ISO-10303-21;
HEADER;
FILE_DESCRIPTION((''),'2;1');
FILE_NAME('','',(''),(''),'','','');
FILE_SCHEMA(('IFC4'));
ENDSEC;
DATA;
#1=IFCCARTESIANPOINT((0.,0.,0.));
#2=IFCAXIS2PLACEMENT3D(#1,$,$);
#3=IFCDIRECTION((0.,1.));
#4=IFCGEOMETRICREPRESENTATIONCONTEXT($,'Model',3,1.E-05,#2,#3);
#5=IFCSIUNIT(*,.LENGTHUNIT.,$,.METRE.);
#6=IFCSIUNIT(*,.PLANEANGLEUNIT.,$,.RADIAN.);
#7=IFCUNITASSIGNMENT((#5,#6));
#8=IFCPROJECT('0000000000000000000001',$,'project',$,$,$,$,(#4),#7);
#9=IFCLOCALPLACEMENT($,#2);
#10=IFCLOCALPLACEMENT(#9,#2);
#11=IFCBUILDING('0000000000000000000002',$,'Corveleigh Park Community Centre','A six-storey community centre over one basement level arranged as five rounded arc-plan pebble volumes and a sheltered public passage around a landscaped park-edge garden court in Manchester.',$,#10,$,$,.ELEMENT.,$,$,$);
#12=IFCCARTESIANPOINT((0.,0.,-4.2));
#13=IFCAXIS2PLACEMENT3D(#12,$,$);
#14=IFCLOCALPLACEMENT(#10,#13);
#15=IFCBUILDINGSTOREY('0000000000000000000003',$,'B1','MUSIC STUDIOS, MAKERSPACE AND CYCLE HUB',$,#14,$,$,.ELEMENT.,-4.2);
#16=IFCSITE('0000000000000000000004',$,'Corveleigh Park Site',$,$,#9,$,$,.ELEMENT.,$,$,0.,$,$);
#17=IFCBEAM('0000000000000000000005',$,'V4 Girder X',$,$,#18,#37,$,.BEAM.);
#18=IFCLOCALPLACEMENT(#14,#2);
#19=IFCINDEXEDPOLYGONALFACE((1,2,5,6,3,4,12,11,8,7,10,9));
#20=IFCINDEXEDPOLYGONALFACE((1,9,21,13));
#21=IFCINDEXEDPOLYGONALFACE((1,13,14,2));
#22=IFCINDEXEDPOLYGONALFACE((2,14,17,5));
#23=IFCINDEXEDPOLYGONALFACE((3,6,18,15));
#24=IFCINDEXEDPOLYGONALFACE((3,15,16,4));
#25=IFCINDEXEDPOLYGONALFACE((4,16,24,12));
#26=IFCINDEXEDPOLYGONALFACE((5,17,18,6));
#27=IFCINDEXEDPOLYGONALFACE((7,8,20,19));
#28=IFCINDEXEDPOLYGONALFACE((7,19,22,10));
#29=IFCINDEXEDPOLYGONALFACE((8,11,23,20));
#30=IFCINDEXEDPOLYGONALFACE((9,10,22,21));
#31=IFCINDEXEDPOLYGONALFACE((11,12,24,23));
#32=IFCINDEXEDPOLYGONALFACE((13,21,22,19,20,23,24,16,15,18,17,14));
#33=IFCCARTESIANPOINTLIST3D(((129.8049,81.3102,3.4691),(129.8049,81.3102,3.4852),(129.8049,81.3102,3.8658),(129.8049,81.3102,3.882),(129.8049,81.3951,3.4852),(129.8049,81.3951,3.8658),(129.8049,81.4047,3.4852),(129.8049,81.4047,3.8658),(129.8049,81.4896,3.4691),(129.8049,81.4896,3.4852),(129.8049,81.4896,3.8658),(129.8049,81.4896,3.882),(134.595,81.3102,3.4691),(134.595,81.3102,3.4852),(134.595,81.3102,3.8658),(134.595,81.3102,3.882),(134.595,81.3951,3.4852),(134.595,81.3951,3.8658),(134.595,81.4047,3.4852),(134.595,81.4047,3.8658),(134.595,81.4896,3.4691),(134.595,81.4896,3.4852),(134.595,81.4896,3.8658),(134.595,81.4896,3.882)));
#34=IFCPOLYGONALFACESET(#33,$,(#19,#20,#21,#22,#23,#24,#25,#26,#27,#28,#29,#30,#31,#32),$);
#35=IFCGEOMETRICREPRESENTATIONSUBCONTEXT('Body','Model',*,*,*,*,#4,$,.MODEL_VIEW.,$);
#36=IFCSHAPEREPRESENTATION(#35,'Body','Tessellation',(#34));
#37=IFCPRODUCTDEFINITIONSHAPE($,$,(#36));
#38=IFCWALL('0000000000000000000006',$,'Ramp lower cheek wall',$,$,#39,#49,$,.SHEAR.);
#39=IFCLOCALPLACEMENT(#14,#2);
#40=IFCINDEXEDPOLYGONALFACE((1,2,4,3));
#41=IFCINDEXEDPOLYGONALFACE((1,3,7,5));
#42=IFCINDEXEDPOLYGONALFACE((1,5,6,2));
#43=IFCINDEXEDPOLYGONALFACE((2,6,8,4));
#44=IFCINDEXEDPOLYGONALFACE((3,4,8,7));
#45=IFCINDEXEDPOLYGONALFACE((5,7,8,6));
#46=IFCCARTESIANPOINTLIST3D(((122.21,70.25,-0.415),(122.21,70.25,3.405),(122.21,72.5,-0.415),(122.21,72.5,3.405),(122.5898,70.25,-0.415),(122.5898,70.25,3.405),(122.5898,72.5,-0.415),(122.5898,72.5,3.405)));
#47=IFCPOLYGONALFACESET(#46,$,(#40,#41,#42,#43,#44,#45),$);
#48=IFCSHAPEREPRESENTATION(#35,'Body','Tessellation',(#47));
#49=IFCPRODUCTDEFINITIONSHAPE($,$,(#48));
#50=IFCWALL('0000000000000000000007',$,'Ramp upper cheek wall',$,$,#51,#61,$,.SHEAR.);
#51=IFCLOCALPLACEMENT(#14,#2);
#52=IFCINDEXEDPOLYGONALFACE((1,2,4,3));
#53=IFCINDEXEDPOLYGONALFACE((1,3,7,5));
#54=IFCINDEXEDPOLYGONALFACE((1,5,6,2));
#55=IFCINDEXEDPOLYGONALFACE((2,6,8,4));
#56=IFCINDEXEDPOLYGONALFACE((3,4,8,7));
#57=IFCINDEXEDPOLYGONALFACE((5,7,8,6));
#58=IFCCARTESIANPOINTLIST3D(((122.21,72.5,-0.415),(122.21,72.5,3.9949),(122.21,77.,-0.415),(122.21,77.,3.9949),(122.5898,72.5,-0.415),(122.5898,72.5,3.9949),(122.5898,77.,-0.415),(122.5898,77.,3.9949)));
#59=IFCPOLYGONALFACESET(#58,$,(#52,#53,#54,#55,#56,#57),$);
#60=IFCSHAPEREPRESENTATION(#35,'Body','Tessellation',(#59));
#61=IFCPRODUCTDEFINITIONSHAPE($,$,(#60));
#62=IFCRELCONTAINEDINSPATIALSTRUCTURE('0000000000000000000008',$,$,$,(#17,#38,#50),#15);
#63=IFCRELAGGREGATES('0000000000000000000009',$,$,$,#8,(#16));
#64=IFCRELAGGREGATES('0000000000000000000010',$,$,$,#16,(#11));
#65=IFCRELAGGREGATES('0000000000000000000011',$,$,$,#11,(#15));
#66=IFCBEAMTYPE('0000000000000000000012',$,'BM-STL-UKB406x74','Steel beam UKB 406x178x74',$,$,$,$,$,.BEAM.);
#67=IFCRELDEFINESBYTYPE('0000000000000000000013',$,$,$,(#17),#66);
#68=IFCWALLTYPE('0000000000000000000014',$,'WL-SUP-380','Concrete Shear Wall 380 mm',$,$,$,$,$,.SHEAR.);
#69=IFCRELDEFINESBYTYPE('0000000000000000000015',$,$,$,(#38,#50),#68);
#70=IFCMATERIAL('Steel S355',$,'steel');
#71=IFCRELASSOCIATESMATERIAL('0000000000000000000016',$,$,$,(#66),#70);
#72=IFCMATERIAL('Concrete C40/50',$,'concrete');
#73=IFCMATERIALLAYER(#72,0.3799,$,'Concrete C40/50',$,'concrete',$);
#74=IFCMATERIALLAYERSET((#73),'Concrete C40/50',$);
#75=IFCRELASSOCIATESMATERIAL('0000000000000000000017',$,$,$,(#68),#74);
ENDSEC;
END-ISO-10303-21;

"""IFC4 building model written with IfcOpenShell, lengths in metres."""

from ifc_helpers import new_model, si_unit, direction, frame, frame_2d, origin, origin_2d, place, context, subcontext, project, spatial, rectangle, i_section, extrude, material, layer, layer_set, material_profile, profile_set, type_object, element, save


model = new_model("IFC4")

# Units and contexts
model_context = context("Model", 3, precision=1e-05, world=origin(), true_north=direction((0.0, 1.0)))
body_context = subcontext(model_context, "Body", "Model", "MODEL_VIEW")
ifc_project = project(units=[si_unit("LENGTHUNIT", "METRE"), si_unit("PLANEANGLEUNIT", "RADIAN")], contexts=[model_context])

# Site, building, storey
site_placement = place(None, origin())
site = spatial("IfcSite", under=ifc_project, at=site_placement, Name="Corveleigh Park Site", CompositionType="ELEMENT", RefElevation=0.0)
building_placement = place(site_placement, origin())
building = spatial("IfcBuilding", under=site, at=building_placement, Name="Corveleigh Park Community Centre", Description="A six-storey community centre over one basement level arranged as five rounded arc-plan pebble volumes and a sheltered public passage around a landscaped park-edge garden court in Manchester.", CompositionType="ELEMENT")
storey_placement = place(building_placement, frame((0.0, 0.0, -4.2)))
storey = spatial("IfcBuildingStorey", under=building, at=storey_placement, Name="B1", Description="MUSIC STUDIOS, MAKERSPACE AND CYCLE HUB", CompositionType="ELEMENT", Elevation=-4.2)

# Shared definitions
ifc_material_1 = material(Name="Concrete C40/50", Category="concrete")

# Shared definitions
ifc_material_2 = material(Name="Steel S355", Category="steel")

# Beam
ifc_material_profile_1 = material_profile(ifc_material_2, i_section(OverallWidth=0.1794, OverallDepth=0.4128, WebThickness=0.0095, FlangeThickness=0.0161, at=origin_2d()), Name="UKB 406x178x74", Category="steel")
ifc_profile_set_1 = profile_set([ifc_material_profile_1], Name="Steel S355")
beam_type_1 = type_object("IfcBeamType", Name="BM-STL-UKB406x74", Description="Steel beam UKB 406x178x74", PredefinedType="BEAM", material=ifc_profile_set_1)
beam_1_placement = place(storey_placement, frame((129.8049, 81.3999, 3.6755), z_axis=(1.0, 0.0, 0.0), x_axis=(0.0, 1.0, 0.0)))
element("IfcBeam", 1, at=beam_1_placement, inside=storey, type_object=beam_type_1, Name="V4 Girder X", PredefinedType="BEAM", context=body_context, shape_type="SweptSolid", body=[
    extrude(i_section(OverallWidth=0.1794, OverallDepth=0.4128, WebThickness=0.0095, FlangeThickness=0.0161, at=origin_2d()), origin(), (0.0, 0.0, 1.0), 4.79),
])

# Walls
ifc_layer = layer(ifc_material_1, 0.3799, Name="Concrete C40/50", Category="concrete")
ifc_layer_set = layer_set([ifc_layer], Name="Concrete C40/50")
wall_type = type_object("IfcWallType", Name="WL-SUP-380", Description="Concrete Shear Wall 380 mm", PredefinedType="SHEAR", material=ifc_layer_set)
wall_1_placement = place(storey_placement, frame((122.3999, 70.25, -0.415), z_axis=(0.0, 0.0, 1.0), x_axis=(0.0, 1.0, 0.0)))
element("IfcWall", 2, at=wall_1_placement, inside=storey, type_object=wall_type, Name="Ramp lower cheek wall", PredefinedType="SHEAR", context=body_context, shape_type="SweptSolid", body=[
    extrude(rectangle(XDim=2.25, YDim=0.3799, at=frame_2d((1.125, 0.0))), origin(), (0.0, 0.0, 1.0), 3.8201),
])
wall_2_placement = place(storey_placement, frame((122.3999, 72.5, -0.415), z_axis=(0.0, 0.0, 1.0), x_axis=(0.0, 1.0, 0.0)))
element("IfcWall", 3, at=wall_2_placement, inside=storey, type_object=wall_type, Name="Ramp upper cheek wall", PredefinedType="SHEAR", context=body_context, shape_type="SweptSolid", body=[
    extrude(rectangle(XDim=4.5, YDim=0.3799, at=frame_2d((2.25, 0.0))), origin(), (0.0, 0.0, 1.0), 4.4099),
])

save(model, "model.ifc")
